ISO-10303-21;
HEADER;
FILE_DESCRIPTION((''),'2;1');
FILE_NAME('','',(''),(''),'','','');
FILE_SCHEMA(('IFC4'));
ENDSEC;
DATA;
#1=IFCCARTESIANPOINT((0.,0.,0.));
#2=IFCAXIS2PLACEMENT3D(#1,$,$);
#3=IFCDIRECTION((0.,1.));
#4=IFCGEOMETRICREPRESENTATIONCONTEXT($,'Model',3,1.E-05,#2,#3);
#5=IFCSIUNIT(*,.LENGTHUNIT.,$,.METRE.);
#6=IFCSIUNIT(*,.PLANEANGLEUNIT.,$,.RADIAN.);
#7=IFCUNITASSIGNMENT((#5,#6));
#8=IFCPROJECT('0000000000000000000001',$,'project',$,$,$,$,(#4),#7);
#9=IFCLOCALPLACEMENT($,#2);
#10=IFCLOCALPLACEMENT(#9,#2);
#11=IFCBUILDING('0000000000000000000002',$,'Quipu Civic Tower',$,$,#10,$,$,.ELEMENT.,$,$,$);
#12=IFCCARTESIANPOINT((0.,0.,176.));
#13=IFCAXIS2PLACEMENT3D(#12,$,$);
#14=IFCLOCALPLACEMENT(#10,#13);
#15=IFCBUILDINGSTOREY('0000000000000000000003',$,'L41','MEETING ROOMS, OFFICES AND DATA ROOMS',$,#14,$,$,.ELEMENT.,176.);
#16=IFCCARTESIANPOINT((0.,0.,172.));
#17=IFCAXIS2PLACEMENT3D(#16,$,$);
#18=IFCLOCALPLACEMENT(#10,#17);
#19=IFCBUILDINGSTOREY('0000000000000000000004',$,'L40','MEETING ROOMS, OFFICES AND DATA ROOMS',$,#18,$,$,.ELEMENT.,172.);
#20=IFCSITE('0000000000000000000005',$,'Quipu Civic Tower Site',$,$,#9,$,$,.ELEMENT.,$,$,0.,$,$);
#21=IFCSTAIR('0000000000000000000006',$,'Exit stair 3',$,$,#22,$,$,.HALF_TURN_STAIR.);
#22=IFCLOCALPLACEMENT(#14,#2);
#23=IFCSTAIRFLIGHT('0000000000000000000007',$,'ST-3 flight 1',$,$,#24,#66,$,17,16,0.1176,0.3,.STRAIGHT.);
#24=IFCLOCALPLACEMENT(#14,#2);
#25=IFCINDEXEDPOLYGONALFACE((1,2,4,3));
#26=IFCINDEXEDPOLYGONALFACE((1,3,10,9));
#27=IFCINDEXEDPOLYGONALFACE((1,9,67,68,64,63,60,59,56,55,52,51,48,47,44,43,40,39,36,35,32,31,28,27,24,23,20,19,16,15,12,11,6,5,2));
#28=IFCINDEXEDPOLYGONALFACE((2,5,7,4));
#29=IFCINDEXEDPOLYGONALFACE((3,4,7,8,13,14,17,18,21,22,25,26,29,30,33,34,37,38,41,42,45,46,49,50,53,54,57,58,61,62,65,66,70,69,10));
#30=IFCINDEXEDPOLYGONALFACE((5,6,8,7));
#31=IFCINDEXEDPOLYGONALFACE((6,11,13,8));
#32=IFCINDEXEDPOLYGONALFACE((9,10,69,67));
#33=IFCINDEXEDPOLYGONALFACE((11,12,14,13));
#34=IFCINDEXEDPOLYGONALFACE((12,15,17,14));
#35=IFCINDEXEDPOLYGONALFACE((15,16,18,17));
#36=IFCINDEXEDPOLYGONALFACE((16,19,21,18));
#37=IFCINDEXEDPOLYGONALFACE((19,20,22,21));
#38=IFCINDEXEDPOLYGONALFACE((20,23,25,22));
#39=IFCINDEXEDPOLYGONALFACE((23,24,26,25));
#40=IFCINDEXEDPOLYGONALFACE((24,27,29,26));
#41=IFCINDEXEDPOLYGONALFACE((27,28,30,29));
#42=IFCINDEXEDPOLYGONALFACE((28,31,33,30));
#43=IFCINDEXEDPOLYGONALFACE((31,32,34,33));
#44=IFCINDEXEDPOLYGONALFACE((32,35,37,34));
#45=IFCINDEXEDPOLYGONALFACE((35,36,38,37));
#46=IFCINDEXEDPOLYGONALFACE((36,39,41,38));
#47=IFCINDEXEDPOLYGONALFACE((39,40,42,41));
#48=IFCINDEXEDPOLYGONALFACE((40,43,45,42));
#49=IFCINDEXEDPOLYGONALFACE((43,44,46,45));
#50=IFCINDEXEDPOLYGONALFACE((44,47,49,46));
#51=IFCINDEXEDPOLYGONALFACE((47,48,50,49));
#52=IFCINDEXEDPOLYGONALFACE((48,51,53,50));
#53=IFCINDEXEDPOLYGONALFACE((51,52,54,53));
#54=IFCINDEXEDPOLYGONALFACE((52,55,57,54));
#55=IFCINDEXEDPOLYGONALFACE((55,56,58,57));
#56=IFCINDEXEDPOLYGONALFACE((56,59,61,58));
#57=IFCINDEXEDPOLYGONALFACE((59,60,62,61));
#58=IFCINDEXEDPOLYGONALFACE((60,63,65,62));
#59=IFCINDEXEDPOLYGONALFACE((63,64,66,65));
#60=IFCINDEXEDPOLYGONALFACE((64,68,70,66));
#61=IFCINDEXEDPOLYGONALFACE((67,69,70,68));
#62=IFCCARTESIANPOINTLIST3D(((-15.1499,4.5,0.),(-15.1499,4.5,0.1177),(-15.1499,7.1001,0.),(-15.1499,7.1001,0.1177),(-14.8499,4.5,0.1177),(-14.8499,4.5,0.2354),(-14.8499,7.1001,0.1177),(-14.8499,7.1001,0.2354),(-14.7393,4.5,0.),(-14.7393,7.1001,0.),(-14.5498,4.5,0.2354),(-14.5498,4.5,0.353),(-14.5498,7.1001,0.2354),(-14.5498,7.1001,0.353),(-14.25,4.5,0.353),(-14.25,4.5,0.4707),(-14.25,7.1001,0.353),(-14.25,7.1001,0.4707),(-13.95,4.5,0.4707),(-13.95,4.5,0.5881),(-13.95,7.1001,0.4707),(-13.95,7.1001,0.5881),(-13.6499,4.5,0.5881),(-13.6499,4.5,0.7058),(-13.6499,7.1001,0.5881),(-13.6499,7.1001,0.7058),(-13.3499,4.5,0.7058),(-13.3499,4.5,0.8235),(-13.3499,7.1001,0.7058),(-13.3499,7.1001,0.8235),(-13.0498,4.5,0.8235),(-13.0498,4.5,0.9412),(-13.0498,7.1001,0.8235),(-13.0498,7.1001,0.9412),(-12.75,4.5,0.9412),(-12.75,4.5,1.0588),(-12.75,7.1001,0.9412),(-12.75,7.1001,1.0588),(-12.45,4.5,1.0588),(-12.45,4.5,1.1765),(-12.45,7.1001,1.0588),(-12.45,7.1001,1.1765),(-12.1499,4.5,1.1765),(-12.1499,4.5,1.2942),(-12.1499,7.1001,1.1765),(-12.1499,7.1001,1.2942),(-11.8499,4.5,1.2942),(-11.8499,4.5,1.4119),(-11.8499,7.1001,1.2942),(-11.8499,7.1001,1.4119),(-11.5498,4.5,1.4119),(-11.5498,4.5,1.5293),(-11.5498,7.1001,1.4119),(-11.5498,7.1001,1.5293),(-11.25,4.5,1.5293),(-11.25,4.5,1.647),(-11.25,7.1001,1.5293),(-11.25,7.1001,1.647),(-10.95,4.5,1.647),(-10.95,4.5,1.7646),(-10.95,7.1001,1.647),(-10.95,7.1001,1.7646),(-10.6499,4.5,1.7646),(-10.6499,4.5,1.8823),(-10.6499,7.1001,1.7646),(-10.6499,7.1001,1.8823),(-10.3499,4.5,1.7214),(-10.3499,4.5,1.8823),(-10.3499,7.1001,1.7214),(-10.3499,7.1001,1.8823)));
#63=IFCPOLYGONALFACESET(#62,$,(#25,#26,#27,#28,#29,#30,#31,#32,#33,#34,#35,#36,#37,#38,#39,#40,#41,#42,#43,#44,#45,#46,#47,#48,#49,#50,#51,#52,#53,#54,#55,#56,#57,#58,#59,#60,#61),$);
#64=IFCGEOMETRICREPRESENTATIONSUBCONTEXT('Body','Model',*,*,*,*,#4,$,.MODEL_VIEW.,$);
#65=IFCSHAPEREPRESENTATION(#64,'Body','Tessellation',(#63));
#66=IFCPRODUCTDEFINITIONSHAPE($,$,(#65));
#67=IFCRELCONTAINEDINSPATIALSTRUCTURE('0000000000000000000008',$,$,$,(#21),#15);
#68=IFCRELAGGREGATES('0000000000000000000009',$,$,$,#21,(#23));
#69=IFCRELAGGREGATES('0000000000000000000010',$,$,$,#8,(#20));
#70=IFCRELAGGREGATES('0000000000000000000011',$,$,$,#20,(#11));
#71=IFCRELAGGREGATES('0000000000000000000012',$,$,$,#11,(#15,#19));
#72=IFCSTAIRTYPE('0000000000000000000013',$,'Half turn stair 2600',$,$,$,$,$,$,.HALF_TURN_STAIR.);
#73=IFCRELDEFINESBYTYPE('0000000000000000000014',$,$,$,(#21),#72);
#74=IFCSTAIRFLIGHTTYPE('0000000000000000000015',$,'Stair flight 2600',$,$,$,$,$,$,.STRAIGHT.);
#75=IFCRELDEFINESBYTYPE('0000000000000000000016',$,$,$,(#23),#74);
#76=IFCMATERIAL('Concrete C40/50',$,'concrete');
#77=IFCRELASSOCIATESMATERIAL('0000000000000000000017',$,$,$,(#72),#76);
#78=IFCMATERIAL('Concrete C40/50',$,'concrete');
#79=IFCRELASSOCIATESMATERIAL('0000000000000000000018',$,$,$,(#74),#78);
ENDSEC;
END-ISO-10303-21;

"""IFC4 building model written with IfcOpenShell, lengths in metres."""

from ifc_helpers import new_model, si_unit, direction, frame, origin, place, context, subcontext, project, spatial, polyline, outline, extrude, material, type_object, element, aggregate, save


model = new_model("IFC4")

# Units and contexts
model_context = context("Model", 3, precision=1e-05, world=origin(), true_north=direction((0.0, 1.0)))
body_context = subcontext(model_context, "Body", "Model", "MODEL_VIEW")
ifc_project = project(units=[si_unit("LENGTHUNIT", "METRE"), si_unit("PLANEANGLEUNIT", "RADIAN")], contexts=[model_context])

# Site, building, storey
site_placement = place(None, origin())
site = spatial("IfcSite", under=ifc_project, at=site_placement, Name="Quipu Civic Tower Site", CompositionType="ELEMENT", RefElevation=0.0)
building_placement = place(site_placement, origin())
building = spatial("IfcBuilding", under=site, at=building_placement, Name="Quipu Civic Tower", CompositionType="ELEMENT")
storey_1_placement = place(building_placement, frame((0.0, 0.0, 176.0)))
storey_1 = spatial("IfcBuildingStorey", under=building, at=storey_1_placement, Name="L41", Description="MEETING ROOMS, OFFICES AND DATA ROOMS", CompositionType="ELEMENT", Elevation=176.0)

# Shared definitions
storey_2_placement = place(building_placement, frame((0.0, 0.0, 172.0)))
storey_2 = spatial("IfcBuildingStorey", under=building, at=storey_2_placement, Name="L40", Description="MEETING ROOMS, OFFICES AND DATA ROOMS", CompositionType="ELEMENT", Elevation=172.0)

# Stair, stair flight
ifc_material_1 = material(Name="Concrete C40/50", Category="concrete")
stair_type = type_object("IfcStairType", Name="Half turn stair 2600", PredefinedType="HALF_TURN_STAIR", material=ifc_material_1)
stair_placement = place(storey_1_placement, origin())
stair = element("IfcStair", 1, at=stair_placement, inside=storey_1, type_object=stair_type, Name="Exit stair 3", PredefinedType="HALF_TURN_STAIR")
ifc_material_2 = material(Name="Concrete C40/50", Category="concrete")
stair_flight_type = type_object("IfcStairFlightType", Name="Stair flight 2600", PredefinedType="STRAIGHT", material=ifc_material_2)
stair_flight_placement = place(storey_1_placement, frame((-15.1499, 5.8, 0.0), z_axis=(0.0, 0.0, 1.0), x_axis=(1.0, 0.0, 0.0)))
stair_flight = element("IfcStairFlight", 2, at=stair_flight_placement, type_object=stair_flight_type, Name="ST-3 flight 1", NumberOfRisers=17, NumberOfTreads=16, PredefinedType="STRAIGHT", RiserHeight=0.1176, TreadLength=0.3, context=body_context, shape_type="SweptSolid", body=[
    extrude(outline(polyline([(0.0, 0.0), (0.0, 0.1177), (0.3, 0.1177), (0.3, 0.2354), (0.6001, 0.2354), (0.6001, 0.353), (0.8999, 0.353), (0.8999, 0.4707), (1.2, 0.4707), (1.2, 0.5881), (1.5, 0.5881), (1.5, 0.7058), (1.8, 0.7058), (1.8, 0.8235), (2.1001, 0.8235), (2.1001, 0.9412), (2.3999, 0.9412), (2.3999, 1.0588), (2.7, 1.0588), (2.7, 1.1765), (3.0, 1.1765), (3.0, 1.2942), (3.3, 1.2942), (3.3, 1.4119), (3.6001, 1.4119), (3.6001, 1.5293), (3.8999, 1.5293), (3.8999, 1.647), (4.2, 1.647), (4.2, 1.7646), (4.5, 1.7646), (4.5, 1.8823), (4.8, 1.8823), (4.8, 2.0), (4.8, 1.7214), (0.4106, 0.0), (0.0, 0.0)])), frame((0.0, 1.3, 0.0), z_axis=(0.0, -1.0, 0.0), x_axis=(1.0, 0.0, 0.0)), (0.0, 0.0, 1.0), 2.6001),
])
aggregate(stair, [stair_flight])

save(model, "model.ifc")
